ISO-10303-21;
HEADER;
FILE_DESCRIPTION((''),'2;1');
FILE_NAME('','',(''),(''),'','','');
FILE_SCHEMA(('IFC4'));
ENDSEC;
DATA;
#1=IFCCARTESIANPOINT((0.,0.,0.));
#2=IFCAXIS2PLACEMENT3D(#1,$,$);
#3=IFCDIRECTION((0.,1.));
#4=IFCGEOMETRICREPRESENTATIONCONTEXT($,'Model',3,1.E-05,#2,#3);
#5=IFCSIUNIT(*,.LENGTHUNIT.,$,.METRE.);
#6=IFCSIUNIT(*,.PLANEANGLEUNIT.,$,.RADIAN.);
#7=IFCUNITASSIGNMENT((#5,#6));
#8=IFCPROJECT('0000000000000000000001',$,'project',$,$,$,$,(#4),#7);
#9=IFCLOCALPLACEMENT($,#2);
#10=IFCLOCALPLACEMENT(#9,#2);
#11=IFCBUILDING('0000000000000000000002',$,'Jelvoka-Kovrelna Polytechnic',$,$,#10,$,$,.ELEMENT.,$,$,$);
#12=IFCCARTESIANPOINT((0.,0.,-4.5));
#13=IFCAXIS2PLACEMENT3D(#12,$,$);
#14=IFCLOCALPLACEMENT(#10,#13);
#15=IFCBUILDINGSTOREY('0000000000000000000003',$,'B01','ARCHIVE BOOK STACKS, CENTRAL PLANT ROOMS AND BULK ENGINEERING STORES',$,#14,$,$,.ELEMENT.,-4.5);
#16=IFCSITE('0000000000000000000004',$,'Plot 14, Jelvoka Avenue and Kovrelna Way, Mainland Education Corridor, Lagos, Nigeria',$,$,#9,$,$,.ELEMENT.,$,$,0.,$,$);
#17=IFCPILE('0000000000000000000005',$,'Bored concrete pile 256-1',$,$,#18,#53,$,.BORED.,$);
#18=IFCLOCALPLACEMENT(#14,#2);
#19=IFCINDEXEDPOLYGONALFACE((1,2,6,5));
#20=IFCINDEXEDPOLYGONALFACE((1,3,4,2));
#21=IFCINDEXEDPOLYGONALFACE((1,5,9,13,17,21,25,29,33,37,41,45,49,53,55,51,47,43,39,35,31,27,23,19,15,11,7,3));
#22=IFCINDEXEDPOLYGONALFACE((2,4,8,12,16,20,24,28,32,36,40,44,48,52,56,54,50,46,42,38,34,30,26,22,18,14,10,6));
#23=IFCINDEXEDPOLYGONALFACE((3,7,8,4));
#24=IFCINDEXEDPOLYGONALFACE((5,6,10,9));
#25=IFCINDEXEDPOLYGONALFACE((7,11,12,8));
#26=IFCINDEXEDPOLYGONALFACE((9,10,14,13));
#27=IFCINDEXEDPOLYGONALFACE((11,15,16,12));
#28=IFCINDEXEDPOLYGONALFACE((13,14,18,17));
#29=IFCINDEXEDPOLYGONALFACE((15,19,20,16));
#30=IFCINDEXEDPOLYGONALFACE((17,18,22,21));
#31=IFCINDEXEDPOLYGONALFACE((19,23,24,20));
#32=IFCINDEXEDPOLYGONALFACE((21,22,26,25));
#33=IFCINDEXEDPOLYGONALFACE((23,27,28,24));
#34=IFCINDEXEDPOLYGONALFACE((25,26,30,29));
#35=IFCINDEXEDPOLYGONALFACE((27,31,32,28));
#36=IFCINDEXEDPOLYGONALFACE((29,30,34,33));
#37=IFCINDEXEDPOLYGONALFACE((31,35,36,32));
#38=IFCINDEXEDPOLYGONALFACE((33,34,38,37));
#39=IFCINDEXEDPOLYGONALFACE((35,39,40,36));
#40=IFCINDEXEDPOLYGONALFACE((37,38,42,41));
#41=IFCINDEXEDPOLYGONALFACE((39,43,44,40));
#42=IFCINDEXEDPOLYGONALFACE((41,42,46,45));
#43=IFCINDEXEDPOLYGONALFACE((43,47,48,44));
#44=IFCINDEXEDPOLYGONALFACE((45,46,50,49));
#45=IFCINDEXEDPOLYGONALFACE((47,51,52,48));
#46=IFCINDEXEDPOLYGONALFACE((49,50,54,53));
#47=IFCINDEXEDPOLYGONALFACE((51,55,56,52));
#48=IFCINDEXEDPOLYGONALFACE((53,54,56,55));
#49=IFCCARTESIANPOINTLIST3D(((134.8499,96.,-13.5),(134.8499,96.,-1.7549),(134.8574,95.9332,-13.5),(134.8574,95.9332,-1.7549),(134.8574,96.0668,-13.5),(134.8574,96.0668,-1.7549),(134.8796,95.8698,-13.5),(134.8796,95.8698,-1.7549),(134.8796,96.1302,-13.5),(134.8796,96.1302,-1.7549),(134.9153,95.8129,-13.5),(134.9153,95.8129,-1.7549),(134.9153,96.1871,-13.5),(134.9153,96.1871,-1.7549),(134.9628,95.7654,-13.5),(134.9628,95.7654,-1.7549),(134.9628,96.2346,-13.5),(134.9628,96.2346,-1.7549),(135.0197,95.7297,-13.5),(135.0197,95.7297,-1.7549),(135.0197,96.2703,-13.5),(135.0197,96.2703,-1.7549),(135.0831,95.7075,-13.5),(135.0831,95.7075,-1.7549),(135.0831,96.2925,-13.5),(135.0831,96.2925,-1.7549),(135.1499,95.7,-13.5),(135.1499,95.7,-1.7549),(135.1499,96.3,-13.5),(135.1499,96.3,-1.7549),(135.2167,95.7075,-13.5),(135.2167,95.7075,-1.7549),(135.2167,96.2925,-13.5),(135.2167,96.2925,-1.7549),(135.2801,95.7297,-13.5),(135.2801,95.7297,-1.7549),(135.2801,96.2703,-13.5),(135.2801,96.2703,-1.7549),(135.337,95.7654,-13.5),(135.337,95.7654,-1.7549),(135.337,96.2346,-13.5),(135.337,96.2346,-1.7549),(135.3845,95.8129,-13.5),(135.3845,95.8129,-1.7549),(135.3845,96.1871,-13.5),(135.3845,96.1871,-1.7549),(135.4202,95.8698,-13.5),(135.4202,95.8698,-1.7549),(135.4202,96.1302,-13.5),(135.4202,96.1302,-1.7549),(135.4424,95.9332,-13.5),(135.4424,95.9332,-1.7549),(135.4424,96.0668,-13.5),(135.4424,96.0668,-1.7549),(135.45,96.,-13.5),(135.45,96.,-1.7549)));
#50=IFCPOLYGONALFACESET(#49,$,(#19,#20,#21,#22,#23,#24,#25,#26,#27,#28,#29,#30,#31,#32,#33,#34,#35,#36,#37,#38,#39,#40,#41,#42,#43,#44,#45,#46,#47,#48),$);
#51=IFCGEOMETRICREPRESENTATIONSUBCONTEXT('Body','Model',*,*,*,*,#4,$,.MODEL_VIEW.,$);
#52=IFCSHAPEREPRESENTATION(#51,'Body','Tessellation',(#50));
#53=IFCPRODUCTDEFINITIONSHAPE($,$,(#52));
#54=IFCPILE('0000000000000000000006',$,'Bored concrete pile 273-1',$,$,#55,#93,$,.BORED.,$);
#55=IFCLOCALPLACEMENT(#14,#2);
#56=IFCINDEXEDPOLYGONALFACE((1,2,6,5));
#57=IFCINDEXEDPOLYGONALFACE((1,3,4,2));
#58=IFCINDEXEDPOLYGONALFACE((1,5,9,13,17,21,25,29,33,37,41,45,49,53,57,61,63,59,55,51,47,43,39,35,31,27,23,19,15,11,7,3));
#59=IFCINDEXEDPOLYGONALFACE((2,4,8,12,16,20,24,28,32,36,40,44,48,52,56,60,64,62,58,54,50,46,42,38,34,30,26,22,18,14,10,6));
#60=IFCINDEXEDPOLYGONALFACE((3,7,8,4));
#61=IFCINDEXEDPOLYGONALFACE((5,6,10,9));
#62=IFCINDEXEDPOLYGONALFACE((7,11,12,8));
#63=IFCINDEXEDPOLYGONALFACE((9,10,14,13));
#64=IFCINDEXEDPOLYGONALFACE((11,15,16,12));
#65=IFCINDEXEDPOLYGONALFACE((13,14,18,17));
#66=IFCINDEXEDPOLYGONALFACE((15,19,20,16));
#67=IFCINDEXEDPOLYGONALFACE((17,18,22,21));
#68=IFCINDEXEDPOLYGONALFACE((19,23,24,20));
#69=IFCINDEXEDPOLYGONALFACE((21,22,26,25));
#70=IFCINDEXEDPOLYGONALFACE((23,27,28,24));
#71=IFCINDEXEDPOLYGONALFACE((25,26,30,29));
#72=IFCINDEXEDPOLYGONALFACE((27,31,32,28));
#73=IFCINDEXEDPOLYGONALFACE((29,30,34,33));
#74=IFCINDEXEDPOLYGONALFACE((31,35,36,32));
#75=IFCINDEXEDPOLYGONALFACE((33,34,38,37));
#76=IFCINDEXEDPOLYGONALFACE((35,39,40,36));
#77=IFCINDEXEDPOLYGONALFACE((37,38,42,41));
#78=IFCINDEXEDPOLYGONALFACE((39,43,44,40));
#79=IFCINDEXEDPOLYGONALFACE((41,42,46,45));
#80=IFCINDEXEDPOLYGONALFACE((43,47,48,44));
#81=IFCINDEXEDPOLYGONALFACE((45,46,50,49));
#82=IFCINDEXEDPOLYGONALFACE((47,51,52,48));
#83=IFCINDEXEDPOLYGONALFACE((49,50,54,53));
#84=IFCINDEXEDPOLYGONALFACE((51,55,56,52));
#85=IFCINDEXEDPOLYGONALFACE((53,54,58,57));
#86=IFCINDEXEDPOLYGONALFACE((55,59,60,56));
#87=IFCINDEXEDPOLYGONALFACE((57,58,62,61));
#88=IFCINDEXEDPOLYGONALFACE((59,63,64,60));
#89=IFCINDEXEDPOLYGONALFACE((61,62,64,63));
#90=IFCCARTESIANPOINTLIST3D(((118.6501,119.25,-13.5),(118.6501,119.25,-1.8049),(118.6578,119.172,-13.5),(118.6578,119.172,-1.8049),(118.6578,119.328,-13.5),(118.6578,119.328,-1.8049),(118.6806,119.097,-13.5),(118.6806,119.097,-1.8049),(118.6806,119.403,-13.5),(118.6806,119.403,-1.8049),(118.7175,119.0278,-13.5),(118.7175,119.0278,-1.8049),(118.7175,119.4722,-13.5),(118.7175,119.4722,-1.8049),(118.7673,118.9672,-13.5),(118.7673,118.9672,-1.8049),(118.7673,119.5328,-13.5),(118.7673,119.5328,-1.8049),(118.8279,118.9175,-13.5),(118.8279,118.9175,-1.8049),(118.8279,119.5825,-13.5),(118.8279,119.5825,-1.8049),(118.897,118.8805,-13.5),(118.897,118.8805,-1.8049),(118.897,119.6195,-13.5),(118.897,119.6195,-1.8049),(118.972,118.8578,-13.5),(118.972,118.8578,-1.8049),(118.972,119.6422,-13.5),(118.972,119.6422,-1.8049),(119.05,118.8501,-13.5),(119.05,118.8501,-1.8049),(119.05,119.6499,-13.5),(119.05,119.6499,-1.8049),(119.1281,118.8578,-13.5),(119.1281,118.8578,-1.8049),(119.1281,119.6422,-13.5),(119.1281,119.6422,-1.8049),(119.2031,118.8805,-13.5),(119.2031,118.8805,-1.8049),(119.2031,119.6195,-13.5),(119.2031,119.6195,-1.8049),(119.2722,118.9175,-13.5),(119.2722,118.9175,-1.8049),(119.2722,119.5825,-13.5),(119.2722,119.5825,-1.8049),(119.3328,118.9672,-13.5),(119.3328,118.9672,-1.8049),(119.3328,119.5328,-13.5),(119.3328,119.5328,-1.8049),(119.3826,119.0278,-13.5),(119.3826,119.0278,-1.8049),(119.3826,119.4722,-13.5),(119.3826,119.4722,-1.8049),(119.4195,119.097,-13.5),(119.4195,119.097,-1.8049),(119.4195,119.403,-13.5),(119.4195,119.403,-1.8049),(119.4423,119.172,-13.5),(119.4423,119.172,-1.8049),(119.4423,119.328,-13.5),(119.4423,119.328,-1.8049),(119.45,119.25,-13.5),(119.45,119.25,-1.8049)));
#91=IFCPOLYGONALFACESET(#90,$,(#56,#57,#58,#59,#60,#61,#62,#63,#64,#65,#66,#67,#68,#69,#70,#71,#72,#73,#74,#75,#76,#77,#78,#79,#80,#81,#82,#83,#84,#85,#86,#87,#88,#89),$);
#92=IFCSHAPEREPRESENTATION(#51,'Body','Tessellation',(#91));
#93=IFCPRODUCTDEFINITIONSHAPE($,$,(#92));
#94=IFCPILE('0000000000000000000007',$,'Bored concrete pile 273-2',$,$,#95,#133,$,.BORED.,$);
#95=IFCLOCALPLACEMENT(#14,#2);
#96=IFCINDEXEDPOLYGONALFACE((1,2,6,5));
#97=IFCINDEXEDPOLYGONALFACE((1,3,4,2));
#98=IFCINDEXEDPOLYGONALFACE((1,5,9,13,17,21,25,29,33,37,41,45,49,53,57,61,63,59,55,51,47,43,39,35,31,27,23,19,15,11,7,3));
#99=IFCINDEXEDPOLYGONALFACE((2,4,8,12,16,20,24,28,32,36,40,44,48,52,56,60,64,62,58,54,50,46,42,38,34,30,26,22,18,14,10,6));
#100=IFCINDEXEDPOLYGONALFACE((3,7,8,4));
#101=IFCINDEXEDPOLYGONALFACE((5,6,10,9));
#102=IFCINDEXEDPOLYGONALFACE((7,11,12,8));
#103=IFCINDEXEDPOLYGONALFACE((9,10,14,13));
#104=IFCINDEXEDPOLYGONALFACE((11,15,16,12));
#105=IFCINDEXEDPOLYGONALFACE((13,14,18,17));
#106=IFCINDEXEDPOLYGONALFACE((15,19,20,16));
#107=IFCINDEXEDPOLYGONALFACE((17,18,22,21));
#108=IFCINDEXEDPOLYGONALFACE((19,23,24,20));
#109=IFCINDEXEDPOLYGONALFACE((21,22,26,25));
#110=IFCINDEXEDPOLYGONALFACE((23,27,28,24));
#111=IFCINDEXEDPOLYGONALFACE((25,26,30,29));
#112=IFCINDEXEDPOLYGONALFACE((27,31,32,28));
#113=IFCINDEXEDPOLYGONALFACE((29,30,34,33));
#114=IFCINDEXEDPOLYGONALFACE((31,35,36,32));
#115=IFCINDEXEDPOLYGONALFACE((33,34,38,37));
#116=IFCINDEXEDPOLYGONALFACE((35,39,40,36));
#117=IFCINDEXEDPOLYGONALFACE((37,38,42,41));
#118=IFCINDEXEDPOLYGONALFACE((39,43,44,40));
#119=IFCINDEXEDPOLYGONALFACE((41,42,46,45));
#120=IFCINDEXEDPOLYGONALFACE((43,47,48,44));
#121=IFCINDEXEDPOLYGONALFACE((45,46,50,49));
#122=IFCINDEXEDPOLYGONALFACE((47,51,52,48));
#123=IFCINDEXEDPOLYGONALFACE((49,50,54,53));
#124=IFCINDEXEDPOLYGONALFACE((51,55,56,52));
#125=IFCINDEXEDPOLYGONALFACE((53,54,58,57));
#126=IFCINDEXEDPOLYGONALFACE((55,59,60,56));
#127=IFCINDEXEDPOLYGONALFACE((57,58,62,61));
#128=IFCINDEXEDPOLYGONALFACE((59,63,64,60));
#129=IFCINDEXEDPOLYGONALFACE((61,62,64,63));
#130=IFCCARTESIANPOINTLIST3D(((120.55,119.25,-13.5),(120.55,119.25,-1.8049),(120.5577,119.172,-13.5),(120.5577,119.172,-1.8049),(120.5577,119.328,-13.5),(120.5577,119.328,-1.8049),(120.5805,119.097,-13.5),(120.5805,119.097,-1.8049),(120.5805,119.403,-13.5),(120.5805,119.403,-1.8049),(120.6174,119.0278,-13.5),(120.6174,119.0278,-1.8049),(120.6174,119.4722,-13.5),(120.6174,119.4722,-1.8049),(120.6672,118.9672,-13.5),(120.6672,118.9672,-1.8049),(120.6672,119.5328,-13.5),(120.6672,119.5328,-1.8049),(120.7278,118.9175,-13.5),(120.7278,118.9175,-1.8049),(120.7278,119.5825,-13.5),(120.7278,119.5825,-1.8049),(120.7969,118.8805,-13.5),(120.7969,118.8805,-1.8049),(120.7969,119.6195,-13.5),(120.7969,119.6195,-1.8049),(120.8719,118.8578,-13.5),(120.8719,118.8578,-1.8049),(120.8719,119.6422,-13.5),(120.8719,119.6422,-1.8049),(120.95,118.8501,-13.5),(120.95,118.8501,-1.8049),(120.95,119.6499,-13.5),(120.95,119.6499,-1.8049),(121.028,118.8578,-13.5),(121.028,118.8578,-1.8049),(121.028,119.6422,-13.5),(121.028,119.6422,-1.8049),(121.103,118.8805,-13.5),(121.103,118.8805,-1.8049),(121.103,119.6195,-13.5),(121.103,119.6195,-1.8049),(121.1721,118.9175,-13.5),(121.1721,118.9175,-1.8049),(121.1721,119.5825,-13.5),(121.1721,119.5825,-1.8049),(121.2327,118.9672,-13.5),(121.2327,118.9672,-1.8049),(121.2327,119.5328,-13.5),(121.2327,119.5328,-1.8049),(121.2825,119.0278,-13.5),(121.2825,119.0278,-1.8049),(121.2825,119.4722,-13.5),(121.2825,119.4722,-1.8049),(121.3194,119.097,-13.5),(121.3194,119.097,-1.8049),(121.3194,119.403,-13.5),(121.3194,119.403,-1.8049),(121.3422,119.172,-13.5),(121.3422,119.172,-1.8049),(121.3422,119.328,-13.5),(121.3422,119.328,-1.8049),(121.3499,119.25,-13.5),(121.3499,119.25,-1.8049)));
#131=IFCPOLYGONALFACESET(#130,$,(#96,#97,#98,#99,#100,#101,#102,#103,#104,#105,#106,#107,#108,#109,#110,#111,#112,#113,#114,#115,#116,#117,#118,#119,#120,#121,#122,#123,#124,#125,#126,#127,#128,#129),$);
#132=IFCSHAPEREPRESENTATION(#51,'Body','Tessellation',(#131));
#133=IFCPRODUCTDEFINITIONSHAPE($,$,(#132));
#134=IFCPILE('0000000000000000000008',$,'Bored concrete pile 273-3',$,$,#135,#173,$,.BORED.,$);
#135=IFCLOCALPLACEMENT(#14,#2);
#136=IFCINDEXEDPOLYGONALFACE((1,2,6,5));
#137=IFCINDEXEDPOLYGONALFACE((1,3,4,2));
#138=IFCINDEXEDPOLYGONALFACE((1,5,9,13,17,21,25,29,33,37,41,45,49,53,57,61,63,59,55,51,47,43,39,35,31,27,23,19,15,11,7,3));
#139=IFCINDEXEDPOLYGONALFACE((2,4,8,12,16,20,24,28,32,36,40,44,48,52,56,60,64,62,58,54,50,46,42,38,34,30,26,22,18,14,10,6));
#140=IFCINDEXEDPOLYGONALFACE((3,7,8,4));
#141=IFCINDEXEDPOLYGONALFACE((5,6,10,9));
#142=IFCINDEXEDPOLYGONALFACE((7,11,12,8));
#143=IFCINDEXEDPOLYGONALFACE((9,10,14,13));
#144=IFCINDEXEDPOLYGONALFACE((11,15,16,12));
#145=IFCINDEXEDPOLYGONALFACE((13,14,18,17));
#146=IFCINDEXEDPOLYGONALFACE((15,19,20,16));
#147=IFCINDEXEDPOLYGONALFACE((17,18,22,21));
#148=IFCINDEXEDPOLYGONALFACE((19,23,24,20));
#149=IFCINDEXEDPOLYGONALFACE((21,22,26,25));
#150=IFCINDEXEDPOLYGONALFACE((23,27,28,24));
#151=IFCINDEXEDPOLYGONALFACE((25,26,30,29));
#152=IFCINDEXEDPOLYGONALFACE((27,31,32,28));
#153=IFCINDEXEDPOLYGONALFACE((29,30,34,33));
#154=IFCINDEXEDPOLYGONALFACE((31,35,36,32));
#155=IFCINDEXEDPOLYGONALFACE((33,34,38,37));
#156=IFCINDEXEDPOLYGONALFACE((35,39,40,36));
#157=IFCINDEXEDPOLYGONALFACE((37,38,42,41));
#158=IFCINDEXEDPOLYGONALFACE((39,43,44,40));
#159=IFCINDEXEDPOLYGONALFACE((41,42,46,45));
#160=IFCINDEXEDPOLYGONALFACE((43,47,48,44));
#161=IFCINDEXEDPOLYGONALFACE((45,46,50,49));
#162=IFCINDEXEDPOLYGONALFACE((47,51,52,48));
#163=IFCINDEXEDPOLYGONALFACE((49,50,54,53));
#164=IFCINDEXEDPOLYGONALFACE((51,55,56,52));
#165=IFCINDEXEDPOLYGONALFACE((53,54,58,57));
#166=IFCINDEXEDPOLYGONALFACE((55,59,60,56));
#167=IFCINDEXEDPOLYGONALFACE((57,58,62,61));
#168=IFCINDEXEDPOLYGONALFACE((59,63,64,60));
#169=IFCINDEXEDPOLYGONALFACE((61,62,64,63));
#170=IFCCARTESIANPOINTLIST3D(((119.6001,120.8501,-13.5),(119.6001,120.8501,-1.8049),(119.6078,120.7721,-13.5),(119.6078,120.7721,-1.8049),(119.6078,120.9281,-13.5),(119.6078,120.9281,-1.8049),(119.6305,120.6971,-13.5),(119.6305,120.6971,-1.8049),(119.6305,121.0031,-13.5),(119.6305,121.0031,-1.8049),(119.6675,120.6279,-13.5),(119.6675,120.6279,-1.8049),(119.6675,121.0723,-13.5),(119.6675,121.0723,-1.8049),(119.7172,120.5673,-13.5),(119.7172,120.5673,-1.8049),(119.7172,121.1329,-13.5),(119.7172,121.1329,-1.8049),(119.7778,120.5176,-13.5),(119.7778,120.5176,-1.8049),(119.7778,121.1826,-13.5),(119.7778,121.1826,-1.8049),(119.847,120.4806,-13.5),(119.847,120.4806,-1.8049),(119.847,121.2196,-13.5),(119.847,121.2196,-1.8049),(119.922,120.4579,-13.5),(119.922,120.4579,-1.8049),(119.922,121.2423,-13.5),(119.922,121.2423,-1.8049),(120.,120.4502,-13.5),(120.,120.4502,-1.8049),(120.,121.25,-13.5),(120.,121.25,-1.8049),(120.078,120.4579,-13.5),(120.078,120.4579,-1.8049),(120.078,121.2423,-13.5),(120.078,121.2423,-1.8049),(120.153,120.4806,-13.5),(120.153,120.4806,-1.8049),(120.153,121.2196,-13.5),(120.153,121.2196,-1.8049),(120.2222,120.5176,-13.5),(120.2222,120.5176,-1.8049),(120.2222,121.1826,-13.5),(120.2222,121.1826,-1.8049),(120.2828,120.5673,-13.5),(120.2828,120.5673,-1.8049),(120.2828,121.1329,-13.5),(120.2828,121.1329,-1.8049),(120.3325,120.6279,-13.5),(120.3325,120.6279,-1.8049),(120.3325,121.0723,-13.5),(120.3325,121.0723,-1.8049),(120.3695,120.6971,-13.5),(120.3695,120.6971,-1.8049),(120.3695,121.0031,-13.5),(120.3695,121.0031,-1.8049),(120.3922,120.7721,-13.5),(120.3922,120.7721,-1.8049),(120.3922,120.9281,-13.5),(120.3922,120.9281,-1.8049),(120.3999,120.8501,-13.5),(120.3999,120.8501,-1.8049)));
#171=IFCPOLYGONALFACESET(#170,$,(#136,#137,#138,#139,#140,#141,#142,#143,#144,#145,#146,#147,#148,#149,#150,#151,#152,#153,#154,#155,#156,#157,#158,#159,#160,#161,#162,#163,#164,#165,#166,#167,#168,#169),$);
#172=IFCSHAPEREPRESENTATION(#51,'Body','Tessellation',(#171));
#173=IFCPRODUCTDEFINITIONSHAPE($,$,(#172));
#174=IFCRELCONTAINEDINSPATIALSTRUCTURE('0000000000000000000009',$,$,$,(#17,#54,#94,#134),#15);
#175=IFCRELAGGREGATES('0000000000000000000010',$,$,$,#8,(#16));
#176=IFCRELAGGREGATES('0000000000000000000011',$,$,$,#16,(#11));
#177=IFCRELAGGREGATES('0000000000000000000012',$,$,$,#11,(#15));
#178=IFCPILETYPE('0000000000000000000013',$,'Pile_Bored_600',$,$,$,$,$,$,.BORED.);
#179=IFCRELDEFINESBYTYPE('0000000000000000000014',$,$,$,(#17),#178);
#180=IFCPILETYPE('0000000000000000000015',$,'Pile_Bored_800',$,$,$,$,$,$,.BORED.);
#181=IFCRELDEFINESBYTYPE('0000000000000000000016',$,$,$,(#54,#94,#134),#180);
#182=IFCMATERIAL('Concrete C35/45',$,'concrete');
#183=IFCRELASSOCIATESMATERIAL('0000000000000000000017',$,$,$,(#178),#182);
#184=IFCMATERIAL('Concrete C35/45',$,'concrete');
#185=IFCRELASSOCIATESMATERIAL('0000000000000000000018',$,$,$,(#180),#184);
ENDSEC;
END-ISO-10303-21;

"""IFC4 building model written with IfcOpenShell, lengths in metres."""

from ifc_helpers import new_model, si_unit, direction, frame, origin, origin_2d, place, context, subcontext, project, spatial, circle, extrude, material, material_profile, profile_set, type_object, element, save


model = new_model("IFC4")

# Units and contexts
model_context = context("Model", 3, precision=1e-05, world=origin(), true_north=direction((0.0, 1.0)))
body_context = subcontext(model_context, "Body", "Model", "MODEL_VIEW")
ifc_project = project(units=[si_unit("LENGTHUNIT", "METRE"), si_unit("PLANEANGLEUNIT", "RADIAN")], contexts=[model_context])

# Site, building, storey
site_placement = place(None, origin())
site = spatial("IfcSite", under=ifc_project, at=site_placement, Name="Plot 14, Jelvoka Avenue and Kovrelna Way, Mainland Education Corridor, Lagos, Nigeria", CompositionType="ELEMENT", RefElevation=0.0)
building_placement = place(site_placement, origin())
building = spatial("IfcBuilding", under=site, at=building_placement, Name="Jelvoka-Kovrelna Polytechnic", CompositionType="ELEMENT")
storey_placement = place(building_placement, frame((0.0, 0.0, -4.5)))
storey = spatial("IfcBuildingStorey", under=building, at=storey_placement, Name="B01", Description="ARCHIVE BOOK STACKS, CENTRAL PLANT ROOMS AND BULK ENGINEERING STORES", CompositionType="ELEMENT", Elevation=-4.5)

# Piles
ifc_material_1 = material(Name="Concrete C35/45", Category="concrete")
ifc_material_profile_1 = material_profile(ifc_material_1, circle(Radius=0.3, at=origin_2d()), Name="PILE D600")
ifc_profile_set_1 = profile_set([ifc_material_profile_1], Name="Concrete C35/45")
pile_type_1 = type_object("IfcPileType", Name="Pile_Bored_600", PredefinedType="BORED", material=ifc_profile_set_1)
pile_1_placement = place(storey_placement, frame((135.1499, 96.0, -1.7549), z_axis=(0.0, 0.0, -1.0), x_axis=(1.0, 0.0, 0.0)))
element("IfcPile", 1, at=pile_1_placement, inside=storey, type_object=pile_type_1, Name="Bored concrete pile 256-1", PredefinedType="BORED", context=body_context, shape_type="SweptSolid", body=[
    extrude(circle(Radius=0.3, at=origin_2d()), origin(), (0.0, 0.0, 1.0), 11.7451),
])
ifc_material_2 = material(Name="Concrete C35/45", Category="concrete")
ifc_material_profile_2 = material_profile(ifc_material_2, circle(Radius=0.3999, at=origin_2d()), Name="PILE D800")
ifc_profile_set_2 = profile_set([ifc_material_profile_2], Name="Concrete C35/45")
pile_type_2 = type_object("IfcPileType", Name="Pile_Bored_800", PredefinedType="BORED", material=ifc_profile_set_2)
for number, where, z_axis, x_axis, name in (
    (2, (119.05, 119.25, -1.8049), (0.0, 0.0, -1.0), (1.0, 0.0, 0.0), "Bored concrete pile 273-1"),
    (3, (120.95, 119.25, -1.8049), (0.0, 0.0, -1.0), (1.0, 0.0, 0.0), "Bored concrete pile 273-2"),
    (4, (120.0, 120.8501, -1.8049), (0.0, 0.0, -1.0), (1.0, 0.0, 0.0), "Bored concrete pile 273-3"),
):
    element("IfcPile", number, at=place(storey_placement, frame(where, z_axis=z_axis, x_axis=x_axis)), inside=storey, type_object=pile_type_2, Name=name, PredefinedType="BORED", context=body_context, shape_type="SweptSolid", body=[
        extrude(circle(Radius=0.3999, at=origin_2d()), origin(), (0.0, 0.0, 1.0), 11.6951),
    ])

save(model, "model.ifc")
